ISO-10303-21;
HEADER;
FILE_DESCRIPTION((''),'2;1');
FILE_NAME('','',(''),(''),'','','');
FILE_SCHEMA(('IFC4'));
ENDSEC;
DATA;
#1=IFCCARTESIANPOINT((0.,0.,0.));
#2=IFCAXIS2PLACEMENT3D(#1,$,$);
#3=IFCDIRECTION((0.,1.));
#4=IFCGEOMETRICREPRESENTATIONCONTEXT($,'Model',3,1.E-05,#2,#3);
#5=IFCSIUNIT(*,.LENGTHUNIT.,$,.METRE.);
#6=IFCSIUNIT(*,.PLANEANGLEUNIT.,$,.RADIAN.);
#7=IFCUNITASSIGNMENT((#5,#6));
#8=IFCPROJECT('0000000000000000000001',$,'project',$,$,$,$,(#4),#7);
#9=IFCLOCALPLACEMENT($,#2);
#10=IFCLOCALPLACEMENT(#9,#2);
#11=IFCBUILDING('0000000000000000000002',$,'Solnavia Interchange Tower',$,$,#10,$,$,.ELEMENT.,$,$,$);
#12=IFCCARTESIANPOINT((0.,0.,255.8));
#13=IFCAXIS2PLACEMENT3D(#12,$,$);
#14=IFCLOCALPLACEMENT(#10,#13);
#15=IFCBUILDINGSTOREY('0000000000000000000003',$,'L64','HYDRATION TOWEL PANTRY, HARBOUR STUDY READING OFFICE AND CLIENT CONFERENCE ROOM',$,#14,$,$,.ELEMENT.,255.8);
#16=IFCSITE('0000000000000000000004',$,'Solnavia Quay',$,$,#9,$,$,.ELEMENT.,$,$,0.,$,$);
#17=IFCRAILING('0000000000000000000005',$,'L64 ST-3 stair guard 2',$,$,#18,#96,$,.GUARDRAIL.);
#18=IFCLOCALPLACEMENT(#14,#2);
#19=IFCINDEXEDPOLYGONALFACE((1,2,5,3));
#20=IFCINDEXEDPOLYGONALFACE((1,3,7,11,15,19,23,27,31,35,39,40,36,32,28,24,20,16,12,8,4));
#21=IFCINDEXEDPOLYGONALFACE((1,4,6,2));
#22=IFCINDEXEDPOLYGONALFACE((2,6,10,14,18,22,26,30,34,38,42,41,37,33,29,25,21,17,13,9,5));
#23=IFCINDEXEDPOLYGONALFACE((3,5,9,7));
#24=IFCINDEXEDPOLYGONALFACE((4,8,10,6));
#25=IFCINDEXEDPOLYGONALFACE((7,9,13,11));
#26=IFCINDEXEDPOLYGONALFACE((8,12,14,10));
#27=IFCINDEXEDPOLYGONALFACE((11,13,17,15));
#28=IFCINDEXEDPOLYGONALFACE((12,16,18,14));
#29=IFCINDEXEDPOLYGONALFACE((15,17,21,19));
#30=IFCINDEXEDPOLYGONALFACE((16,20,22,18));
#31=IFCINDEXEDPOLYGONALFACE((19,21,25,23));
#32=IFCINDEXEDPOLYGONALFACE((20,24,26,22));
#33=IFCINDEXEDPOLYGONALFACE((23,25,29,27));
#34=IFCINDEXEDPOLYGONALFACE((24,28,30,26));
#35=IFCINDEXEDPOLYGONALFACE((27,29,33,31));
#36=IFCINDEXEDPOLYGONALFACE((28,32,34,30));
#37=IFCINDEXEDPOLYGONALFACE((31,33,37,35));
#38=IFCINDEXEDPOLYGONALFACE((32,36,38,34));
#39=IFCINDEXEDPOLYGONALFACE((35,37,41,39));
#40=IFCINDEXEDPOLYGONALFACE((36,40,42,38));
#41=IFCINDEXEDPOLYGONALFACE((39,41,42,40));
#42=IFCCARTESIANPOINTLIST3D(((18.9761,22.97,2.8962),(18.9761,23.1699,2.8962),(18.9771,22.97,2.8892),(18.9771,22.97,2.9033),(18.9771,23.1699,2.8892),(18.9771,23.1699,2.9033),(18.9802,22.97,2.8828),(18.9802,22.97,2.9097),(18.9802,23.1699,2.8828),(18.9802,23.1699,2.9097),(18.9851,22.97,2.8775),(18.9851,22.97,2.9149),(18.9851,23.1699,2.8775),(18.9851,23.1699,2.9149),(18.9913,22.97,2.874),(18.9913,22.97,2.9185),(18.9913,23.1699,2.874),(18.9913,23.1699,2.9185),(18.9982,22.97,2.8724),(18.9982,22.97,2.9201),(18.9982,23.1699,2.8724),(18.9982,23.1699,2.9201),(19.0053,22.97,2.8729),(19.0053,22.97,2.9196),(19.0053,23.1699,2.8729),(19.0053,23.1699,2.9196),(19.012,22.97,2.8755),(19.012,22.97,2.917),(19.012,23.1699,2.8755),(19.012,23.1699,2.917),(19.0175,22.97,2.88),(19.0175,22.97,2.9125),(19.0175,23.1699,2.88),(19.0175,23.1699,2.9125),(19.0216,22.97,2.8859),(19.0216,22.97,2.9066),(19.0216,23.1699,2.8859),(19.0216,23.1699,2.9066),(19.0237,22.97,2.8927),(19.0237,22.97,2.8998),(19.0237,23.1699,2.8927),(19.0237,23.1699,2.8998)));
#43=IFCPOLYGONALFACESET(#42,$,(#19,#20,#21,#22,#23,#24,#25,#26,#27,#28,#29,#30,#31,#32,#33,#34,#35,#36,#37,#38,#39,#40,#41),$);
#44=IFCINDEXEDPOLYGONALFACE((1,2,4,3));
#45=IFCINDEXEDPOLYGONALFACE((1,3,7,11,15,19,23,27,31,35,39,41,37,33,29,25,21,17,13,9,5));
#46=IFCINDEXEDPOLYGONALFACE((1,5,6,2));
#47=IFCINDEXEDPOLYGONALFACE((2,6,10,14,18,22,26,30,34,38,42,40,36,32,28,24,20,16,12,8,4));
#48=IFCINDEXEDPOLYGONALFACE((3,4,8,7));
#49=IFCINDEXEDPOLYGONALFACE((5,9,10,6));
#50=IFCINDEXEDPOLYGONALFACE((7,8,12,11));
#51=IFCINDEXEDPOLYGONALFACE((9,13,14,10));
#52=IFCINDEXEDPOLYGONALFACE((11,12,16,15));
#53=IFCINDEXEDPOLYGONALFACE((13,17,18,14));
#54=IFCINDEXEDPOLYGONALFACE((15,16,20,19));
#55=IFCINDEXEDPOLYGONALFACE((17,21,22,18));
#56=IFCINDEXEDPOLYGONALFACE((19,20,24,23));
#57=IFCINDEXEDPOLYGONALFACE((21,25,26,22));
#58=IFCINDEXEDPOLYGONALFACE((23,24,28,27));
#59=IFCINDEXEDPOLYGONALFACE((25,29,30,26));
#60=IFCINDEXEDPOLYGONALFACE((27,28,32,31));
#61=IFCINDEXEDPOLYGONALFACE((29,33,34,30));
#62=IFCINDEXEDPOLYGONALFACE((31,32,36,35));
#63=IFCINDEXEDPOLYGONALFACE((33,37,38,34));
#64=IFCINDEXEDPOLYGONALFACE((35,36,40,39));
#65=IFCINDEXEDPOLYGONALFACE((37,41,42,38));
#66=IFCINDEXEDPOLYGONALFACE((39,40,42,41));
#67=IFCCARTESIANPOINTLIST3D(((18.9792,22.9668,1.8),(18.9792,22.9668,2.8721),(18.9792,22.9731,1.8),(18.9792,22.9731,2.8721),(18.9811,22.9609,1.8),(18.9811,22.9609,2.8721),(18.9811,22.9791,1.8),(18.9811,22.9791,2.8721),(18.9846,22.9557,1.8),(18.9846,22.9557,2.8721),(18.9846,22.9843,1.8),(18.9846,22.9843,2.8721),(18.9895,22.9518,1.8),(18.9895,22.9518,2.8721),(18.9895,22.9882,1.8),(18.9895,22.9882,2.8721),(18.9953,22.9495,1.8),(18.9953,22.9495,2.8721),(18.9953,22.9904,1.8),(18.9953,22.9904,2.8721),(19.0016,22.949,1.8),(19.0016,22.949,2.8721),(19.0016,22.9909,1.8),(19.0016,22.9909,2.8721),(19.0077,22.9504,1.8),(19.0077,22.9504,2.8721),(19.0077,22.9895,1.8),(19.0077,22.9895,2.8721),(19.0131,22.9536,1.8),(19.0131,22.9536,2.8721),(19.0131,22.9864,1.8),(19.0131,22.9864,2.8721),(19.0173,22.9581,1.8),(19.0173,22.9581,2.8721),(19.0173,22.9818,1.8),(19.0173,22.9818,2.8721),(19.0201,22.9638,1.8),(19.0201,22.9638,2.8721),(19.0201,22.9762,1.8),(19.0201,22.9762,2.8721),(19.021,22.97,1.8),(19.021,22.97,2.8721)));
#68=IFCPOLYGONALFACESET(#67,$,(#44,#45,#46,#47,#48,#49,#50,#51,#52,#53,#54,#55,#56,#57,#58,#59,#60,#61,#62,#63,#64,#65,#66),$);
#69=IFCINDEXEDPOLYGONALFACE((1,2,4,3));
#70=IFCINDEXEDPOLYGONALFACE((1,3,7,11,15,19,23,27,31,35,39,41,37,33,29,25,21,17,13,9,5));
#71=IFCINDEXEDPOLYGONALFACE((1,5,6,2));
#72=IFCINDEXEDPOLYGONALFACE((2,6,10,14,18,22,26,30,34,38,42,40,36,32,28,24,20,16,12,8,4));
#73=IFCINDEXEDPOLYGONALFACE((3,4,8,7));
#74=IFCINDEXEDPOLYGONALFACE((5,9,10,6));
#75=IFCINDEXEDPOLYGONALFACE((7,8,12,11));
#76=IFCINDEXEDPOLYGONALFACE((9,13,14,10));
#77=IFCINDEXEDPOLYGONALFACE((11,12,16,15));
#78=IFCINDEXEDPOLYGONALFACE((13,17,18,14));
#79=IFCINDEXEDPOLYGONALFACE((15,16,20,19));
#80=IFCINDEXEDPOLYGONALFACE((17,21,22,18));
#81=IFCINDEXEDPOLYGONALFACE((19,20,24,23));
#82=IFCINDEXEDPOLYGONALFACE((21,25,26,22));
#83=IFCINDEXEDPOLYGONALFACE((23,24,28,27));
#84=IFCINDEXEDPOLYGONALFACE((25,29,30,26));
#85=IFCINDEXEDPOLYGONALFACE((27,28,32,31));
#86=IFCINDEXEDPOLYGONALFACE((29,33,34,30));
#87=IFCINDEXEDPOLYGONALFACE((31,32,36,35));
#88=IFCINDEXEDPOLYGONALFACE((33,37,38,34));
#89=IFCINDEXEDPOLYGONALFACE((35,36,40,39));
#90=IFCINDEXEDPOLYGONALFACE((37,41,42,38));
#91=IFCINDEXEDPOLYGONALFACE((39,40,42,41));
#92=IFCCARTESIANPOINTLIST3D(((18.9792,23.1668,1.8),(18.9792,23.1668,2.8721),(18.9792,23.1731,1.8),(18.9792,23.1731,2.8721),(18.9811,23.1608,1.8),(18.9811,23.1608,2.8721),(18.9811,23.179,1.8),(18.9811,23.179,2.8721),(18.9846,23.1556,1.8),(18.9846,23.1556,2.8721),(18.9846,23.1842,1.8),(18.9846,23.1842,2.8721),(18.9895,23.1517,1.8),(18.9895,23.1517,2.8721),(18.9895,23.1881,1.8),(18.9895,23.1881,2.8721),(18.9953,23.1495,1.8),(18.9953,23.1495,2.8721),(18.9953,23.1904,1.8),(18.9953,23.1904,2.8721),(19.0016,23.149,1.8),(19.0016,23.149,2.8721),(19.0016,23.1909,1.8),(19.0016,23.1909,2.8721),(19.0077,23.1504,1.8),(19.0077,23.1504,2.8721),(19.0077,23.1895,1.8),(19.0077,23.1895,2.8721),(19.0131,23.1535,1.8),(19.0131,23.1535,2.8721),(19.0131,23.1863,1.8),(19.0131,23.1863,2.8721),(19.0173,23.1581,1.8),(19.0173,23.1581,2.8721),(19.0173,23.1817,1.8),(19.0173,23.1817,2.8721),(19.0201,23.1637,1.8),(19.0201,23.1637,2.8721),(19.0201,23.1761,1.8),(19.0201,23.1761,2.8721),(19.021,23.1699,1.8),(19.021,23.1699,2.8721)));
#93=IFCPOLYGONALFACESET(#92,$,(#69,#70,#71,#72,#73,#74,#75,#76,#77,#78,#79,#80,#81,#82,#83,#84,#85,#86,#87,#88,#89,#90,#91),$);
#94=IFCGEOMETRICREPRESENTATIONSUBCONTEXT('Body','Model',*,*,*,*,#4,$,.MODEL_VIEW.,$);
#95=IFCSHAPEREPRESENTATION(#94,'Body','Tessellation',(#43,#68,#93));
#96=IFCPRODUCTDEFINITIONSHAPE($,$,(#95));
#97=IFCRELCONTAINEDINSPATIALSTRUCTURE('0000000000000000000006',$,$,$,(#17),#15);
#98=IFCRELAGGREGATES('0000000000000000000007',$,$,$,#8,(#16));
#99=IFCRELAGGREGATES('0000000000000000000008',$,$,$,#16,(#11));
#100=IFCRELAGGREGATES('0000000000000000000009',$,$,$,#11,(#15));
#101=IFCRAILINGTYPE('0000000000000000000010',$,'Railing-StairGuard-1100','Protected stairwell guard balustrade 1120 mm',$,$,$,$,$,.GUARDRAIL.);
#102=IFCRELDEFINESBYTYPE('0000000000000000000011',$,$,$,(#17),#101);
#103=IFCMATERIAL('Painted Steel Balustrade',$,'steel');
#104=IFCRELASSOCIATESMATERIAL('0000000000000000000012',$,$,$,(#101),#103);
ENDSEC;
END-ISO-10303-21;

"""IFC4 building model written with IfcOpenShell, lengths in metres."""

from ifc_helpers import new_model, si_unit, direction, frame, origin, origin_2d, place, context, subcontext, project, spatial, circle, extrude, material, type_object, element, save


model = new_model("IFC4")

# Units and contexts
model_context = context("Model", 3, precision=1e-05, world=origin(), true_north=direction((0.0, 1.0)))
body_context = subcontext(model_context, "Body", "Model", "MODEL_VIEW")
ifc_project = project(units=[si_unit("LENGTHUNIT", "METRE"), si_unit("PLANEANGLEUNIT", "RADIAN")], contexts=[model_context])

# Site, building, storey
site_placement = place(None, origin())
site = spatial("IfcSite", under=ifc_project, at=site_placement, Name="Solnavia Quay", CompositionType="ELEMENT", RefElevation=0.0)
building_placement = place(site_placement, origin())
building = spatial("IfcBuilding", under=site, at=building_placement, Name="Solnavia Interchange Tower", CompositionType="ELEMENT")
storey_placement = place(building_placement, frame((0.0, 0.0, 255.8)))
storey = spatial("IfcBuildingStorey", under=building, at=storey_placement, Name="L64", Description="HYDRATION TOWEL PANTRY, HARBOUR STUDY READING OFFICE AND CLIENT CONFERENCE ROOM", CompositionType="ELEMENT", Elevation=255.8)

# Railing
ifc_material_1 = material(Name="Painted Steel Balustrade", Category="steel")
railing_type_1 = type_object("IfcRailingType", Name="Railing-StairGuard-1100", Description="Protected stairwell guard balustrade 1120 mm", PredefinedType="GUARDRAIL", material=ifc_material_1)
railing_1_placement = place(storey_placement, frame((19.0, 22.97, 1.8)))
element("IfcRailing", 1, at=railing_1_placement, inside=storey, type_object=railing_type_1, Name="L64 ST-3 stair guard 2", PredefinedType="GUARDRAIL", context=body_context, shape_type="SweptSolid", body=[
    extrude(circle(Radius=0.0239, at=origin_2d()), frame((0.0, 0.0, 1.0962), z_axis=(0.0, 1.0, 0.0), x_axis=(-1.0, 0.0, 0.0)), (0.0, 0.0, 1.0), 0.2),
    extrude(circle(Radius=0.021, at=origin_2d()), origin(), (0.0, 0.0, 1.0), 1.072),
    extrude(circle(Radius=0.021, at=origin_2d()), frame((0.0, 0.2, 0.0)), (0.0, 0.0, 1.0), 1.072),
])

save(model, "model.ifc")
